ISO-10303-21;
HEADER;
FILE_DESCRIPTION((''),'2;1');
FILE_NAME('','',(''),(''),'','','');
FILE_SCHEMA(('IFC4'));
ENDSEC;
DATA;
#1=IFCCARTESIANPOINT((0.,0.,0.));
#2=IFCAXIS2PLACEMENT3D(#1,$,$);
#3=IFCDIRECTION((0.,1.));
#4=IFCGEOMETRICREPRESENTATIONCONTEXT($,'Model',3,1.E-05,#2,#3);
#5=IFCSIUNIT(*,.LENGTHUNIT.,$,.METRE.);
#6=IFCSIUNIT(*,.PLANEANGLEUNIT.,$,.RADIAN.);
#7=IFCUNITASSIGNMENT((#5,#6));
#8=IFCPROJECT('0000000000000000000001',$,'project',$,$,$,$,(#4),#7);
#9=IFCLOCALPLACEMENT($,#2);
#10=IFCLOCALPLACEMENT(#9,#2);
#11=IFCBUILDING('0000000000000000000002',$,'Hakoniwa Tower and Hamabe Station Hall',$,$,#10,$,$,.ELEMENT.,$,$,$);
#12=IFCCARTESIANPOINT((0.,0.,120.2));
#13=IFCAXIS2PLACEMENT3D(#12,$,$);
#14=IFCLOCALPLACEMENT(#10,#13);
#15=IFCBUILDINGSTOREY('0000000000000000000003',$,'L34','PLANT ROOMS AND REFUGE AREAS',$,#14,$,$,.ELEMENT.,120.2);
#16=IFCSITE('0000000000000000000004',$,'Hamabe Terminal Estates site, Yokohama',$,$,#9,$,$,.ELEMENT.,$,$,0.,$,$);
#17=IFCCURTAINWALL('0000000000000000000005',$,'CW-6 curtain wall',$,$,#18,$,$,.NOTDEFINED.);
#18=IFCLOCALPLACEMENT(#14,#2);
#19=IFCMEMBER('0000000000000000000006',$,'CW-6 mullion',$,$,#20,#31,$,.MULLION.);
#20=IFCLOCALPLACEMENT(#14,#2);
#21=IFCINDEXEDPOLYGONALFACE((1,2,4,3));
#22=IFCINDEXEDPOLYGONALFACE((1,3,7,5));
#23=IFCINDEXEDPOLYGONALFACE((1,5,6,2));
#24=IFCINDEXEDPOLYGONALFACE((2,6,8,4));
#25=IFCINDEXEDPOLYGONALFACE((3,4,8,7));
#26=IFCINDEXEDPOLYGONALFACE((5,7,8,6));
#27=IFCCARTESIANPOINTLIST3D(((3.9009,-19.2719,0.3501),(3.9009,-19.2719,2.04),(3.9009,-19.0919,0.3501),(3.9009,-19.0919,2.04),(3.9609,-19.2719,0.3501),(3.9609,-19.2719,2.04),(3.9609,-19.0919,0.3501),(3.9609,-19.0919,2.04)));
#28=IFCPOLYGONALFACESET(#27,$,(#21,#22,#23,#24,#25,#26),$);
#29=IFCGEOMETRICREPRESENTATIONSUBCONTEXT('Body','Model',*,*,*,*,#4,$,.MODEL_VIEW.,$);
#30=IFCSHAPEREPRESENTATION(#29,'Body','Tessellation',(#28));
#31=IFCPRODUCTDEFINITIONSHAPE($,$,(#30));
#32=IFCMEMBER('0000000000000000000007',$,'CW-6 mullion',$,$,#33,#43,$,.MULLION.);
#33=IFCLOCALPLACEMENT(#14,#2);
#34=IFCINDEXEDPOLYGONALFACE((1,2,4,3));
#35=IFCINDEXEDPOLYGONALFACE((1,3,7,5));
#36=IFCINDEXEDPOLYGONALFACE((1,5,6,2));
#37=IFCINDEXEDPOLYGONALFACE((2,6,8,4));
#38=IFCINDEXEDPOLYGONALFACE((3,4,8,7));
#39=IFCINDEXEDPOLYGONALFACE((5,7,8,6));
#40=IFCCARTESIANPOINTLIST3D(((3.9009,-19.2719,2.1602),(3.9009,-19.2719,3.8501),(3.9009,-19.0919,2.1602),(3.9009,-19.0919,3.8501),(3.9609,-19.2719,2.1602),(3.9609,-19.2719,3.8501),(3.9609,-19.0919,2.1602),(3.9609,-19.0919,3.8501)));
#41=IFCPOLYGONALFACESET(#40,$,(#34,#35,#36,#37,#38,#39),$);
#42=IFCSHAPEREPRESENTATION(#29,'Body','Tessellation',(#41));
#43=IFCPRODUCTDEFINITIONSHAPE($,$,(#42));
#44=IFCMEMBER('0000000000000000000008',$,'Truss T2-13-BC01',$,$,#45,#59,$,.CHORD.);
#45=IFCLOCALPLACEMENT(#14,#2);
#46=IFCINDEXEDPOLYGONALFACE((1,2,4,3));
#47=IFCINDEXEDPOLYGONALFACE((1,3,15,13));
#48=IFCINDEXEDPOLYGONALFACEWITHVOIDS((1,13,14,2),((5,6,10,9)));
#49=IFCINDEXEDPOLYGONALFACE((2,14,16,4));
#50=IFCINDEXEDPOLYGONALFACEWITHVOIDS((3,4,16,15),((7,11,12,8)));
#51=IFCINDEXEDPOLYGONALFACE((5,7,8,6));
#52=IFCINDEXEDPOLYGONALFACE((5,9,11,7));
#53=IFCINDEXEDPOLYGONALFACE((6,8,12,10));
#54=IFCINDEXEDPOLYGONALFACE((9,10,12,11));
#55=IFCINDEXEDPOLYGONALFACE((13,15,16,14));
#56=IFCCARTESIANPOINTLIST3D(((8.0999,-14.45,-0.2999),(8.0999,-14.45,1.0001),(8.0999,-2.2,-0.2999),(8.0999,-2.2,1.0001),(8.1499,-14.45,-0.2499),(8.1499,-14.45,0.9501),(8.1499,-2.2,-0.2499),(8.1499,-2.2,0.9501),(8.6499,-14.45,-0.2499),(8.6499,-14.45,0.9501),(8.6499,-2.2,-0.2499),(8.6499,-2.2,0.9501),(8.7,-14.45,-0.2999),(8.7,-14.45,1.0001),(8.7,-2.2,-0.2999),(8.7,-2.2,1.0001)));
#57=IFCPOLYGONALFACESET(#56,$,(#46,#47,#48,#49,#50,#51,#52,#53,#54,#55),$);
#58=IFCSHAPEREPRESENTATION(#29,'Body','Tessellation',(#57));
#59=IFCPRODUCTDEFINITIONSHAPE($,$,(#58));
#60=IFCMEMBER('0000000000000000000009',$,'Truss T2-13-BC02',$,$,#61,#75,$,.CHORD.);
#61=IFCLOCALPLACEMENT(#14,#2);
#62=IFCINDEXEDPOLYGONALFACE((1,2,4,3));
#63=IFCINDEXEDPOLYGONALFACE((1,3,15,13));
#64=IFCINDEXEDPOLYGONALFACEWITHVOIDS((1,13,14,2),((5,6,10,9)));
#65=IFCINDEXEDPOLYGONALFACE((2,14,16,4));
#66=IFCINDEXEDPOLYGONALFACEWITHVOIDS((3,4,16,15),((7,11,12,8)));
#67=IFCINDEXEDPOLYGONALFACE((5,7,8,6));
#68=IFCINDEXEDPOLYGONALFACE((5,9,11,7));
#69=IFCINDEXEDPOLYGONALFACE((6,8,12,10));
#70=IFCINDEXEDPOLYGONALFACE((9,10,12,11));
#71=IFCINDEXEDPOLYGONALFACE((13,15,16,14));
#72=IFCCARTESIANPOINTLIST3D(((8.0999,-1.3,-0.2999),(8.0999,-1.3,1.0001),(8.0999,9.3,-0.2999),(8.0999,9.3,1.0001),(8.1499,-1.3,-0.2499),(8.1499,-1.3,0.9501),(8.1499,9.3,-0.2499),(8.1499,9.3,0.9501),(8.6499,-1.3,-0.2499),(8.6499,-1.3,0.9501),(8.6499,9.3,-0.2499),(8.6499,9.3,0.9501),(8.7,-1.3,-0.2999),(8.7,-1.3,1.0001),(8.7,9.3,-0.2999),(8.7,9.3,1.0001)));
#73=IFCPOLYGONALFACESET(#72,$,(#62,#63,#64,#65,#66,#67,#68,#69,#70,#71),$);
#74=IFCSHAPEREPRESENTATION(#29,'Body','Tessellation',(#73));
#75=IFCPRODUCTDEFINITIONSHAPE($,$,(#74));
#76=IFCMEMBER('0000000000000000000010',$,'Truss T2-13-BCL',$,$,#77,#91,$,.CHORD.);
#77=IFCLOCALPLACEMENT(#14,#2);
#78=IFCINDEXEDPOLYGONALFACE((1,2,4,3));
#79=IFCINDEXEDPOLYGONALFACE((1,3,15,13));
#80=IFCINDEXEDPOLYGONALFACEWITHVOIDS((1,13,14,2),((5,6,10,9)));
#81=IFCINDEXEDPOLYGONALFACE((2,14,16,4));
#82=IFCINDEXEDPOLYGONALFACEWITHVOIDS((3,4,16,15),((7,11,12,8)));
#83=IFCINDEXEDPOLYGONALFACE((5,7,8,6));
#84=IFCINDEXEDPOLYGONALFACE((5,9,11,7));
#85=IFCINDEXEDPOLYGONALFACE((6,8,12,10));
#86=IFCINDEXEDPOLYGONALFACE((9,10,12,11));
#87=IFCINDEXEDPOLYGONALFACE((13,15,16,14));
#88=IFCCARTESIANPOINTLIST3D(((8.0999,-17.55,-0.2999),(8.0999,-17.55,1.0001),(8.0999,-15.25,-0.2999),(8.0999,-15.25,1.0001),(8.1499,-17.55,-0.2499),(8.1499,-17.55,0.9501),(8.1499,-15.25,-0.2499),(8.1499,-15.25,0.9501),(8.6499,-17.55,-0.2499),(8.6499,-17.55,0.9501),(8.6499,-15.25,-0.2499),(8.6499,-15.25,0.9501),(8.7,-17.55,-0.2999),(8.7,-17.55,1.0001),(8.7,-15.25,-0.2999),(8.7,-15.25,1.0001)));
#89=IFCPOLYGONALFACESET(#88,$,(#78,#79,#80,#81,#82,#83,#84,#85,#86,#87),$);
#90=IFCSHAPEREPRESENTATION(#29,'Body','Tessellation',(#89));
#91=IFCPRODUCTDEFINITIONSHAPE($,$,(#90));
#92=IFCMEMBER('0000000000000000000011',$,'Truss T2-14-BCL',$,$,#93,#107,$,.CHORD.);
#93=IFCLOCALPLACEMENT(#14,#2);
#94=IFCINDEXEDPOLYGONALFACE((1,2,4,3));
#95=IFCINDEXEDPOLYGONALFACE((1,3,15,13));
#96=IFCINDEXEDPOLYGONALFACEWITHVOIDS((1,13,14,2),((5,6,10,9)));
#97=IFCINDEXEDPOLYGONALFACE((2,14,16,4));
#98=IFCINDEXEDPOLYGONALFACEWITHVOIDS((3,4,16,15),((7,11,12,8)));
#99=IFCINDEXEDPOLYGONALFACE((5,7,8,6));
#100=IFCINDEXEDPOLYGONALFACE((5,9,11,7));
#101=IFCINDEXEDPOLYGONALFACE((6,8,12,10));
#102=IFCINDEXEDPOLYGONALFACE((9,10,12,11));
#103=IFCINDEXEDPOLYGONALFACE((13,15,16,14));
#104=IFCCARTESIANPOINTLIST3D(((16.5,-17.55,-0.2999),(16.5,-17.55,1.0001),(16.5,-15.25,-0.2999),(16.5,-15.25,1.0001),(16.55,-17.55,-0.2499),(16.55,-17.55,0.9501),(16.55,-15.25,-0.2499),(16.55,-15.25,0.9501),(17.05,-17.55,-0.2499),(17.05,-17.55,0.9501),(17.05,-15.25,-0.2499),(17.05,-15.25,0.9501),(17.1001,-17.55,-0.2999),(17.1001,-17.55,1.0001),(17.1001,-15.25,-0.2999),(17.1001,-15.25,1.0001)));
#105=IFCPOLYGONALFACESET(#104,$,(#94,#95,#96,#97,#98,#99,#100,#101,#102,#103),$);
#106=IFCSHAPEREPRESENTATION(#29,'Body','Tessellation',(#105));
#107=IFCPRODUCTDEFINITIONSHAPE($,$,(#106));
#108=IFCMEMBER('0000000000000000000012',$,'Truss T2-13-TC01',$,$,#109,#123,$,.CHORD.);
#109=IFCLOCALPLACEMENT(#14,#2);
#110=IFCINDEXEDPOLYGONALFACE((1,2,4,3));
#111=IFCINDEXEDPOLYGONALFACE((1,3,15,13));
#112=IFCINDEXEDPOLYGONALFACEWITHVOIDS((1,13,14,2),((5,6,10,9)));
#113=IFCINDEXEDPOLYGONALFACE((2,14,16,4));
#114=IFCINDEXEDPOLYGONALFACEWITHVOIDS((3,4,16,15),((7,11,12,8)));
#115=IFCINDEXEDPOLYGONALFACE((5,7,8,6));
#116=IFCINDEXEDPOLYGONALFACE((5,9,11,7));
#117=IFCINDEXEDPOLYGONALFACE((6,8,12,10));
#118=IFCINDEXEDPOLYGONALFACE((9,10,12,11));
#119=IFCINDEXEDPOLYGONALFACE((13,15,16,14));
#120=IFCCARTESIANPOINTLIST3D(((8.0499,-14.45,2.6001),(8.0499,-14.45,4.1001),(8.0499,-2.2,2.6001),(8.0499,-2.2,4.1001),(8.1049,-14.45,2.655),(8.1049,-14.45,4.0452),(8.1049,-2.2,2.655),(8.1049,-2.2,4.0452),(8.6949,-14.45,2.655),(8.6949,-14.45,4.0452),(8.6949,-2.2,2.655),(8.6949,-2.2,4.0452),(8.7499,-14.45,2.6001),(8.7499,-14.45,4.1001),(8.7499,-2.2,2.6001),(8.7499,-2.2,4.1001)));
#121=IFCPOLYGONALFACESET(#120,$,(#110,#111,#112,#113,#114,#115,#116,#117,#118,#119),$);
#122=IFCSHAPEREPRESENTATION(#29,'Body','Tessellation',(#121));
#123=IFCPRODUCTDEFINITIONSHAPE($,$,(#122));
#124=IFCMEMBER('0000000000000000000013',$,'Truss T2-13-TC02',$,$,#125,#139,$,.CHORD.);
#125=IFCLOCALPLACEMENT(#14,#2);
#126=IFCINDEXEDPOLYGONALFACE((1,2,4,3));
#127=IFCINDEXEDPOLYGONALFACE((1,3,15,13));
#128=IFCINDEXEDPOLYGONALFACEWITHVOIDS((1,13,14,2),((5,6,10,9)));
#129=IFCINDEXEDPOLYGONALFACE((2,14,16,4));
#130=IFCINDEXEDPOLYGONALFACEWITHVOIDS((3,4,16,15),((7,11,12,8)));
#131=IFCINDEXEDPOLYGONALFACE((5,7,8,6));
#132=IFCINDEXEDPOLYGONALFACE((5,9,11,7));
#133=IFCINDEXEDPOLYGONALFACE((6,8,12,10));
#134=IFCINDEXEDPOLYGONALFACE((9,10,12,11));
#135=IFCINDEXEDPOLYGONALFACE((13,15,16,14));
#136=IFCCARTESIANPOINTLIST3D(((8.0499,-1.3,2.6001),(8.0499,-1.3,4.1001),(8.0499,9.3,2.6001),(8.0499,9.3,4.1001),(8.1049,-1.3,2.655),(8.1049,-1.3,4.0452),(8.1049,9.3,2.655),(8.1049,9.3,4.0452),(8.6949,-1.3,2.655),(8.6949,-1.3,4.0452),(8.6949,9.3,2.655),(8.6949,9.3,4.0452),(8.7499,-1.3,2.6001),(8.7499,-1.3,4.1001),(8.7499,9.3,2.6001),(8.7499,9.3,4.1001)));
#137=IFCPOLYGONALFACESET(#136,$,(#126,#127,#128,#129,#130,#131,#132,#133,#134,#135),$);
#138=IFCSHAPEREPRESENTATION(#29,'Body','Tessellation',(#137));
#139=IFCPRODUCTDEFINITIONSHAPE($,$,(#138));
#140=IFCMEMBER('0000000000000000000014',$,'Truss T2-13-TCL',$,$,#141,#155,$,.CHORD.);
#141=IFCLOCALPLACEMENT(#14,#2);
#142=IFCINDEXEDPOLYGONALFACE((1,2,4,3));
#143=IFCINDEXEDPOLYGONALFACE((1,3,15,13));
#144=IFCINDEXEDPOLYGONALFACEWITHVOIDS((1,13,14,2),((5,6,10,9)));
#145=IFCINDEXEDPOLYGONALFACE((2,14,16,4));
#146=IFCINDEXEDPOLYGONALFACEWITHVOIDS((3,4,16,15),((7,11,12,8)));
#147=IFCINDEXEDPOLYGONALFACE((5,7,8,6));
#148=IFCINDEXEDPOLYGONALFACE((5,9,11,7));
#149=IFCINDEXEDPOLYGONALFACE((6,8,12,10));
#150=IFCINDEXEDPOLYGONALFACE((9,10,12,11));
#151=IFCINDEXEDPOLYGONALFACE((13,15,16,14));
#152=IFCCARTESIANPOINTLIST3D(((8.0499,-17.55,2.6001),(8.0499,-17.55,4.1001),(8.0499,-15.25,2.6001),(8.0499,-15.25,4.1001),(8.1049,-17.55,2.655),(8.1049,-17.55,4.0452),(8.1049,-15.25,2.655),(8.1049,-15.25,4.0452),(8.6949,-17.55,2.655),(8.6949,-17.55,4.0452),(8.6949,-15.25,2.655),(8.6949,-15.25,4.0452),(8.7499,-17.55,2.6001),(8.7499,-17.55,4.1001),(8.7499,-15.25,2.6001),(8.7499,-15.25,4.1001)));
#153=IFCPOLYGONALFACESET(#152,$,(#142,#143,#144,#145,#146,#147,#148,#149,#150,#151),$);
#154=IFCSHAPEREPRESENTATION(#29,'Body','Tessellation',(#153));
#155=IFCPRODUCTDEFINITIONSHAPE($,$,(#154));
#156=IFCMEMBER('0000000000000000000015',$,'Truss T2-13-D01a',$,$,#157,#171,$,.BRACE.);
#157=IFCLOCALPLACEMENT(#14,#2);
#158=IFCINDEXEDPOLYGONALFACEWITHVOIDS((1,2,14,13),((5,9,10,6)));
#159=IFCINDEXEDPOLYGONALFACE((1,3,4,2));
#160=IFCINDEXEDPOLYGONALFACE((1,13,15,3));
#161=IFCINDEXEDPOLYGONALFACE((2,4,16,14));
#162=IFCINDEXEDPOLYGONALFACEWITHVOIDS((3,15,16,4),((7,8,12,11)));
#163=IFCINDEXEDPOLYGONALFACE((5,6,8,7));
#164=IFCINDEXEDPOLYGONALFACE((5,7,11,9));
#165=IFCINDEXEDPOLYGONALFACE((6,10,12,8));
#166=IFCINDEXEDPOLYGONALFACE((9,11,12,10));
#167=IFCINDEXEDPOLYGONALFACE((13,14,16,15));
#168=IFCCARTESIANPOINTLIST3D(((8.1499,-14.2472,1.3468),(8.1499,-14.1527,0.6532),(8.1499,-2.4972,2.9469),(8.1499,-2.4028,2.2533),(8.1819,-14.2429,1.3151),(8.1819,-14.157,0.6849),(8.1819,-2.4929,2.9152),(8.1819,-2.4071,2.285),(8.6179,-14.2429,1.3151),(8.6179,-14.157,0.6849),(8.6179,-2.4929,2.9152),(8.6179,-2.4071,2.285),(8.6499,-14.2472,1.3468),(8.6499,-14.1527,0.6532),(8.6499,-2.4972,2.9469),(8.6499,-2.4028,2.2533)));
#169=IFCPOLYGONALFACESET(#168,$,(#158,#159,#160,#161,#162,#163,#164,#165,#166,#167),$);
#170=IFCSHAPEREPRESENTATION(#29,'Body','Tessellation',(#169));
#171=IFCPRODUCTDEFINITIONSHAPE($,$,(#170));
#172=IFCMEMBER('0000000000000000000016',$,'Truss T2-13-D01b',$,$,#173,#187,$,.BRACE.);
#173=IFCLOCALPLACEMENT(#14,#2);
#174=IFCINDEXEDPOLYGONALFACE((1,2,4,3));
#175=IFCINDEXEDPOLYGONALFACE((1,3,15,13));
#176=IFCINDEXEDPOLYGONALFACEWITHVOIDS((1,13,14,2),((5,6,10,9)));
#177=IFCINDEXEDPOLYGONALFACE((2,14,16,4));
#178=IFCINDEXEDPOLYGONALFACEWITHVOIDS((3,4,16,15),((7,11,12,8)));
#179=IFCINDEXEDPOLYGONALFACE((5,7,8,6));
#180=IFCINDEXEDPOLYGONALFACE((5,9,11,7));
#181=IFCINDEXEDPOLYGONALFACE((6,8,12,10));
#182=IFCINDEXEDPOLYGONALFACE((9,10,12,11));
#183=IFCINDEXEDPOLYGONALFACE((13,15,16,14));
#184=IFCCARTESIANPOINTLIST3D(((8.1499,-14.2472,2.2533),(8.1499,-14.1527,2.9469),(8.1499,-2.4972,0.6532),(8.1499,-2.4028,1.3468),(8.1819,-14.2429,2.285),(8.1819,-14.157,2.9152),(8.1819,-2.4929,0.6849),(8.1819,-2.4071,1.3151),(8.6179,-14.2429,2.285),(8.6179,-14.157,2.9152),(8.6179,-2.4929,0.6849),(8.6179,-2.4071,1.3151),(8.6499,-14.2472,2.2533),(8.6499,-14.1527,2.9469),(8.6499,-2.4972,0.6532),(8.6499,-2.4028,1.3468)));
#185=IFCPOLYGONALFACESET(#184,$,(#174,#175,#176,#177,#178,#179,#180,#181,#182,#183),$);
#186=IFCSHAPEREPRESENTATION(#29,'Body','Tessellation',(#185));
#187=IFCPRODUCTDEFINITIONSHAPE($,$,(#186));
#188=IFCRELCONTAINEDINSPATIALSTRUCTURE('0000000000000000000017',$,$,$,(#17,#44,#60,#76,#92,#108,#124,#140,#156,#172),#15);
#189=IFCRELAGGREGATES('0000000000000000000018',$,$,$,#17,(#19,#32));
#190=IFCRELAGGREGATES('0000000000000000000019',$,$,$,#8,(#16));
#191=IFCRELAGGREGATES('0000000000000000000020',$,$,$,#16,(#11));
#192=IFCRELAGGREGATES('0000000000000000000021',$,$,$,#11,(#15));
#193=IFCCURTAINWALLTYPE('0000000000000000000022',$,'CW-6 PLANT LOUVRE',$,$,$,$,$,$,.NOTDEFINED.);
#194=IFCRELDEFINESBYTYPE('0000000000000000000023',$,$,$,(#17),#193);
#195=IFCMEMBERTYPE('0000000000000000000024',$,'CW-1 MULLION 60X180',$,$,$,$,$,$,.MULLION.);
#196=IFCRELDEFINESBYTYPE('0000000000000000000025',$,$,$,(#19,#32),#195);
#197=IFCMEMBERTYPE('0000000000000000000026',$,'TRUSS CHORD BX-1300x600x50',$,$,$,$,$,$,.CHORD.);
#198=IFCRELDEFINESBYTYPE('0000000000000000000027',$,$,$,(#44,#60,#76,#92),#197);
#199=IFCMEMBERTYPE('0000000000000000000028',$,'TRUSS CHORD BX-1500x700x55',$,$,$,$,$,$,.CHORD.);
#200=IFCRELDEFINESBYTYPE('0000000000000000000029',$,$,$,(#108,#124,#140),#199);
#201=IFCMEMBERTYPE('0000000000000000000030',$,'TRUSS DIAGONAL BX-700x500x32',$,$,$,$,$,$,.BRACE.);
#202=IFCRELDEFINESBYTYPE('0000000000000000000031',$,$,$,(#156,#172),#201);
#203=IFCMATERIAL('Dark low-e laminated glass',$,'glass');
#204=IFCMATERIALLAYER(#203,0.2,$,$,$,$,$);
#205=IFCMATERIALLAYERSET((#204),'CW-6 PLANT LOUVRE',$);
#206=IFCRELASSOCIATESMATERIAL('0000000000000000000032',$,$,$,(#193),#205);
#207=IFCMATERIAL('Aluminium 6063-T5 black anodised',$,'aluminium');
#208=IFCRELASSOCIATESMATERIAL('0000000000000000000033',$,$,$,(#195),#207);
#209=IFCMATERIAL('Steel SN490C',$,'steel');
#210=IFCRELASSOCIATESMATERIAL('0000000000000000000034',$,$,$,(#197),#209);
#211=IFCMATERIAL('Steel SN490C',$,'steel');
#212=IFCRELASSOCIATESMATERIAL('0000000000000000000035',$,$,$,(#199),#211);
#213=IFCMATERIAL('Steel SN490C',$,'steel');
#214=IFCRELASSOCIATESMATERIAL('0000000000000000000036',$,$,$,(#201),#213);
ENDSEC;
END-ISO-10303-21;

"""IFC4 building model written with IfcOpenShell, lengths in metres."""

from ifc_helpers import new_model, si_unit, direction, frame, origin, origin_2d, place, context, subcontext, project, spatial, rectangle, hollow_rectangle, extrude, material, layer, layer_set, material_profile, profile_set, type_object, element, aggregate, save


model = new_model("IFC4")

# Units and contexts
model_context = context("Model", 3, precision=1e-05, world=origin(), true_north=direction((0.0, 1.0)))
body_context = subcontext(model_context, "Body", "Model", "MODEL_VIEW")
ifc_project = project(units=[si_unit("LENGTHUNIT", "METRE"), si_unit("PLANEANGLEUNIT", "RADIAN")], contexts=[model_context])

# Site, building, storey
site_placement = place(None, origin())
site = spatial("IfcSite", under=ifc_project, at=site_placement, Name="Hamabe Terminal Estates site, Yokohama", CompositionType="ELEMENT", RefElevation=0.0)
building_placement = place(site_placement, origin())
building = spatial("IfcBuilding", under=site, at=building_placement, Name="Hakoniwa Tower and Hamabe Station Hall", CompositionType="ELEMENT")
storey_placement = place(building_placement, frame((0.0, 0.0, 120.2)))
storey = spatial("IfcBuildingStorey", under=building, at=storey_placement, Name="L34", Description="PLANT ROOMS AND REFUGE AREAS", CompositionType="ELEMENT", Elevation=120.2)

# Curtain wall, members
ifc_material_1 = material(Name="Dark low-e laminated glass", Category="glass")
ifc_layer_1 = layer(ifc_material_1, 0.2)
ifc_layer_set_1 = layer_set([ifc_layer_1], Name="CW-6 PLANT LOUVRE")
curtain_wall_type = type_object("IfcCurtainWallType", Name="CW-6 PLANT LOUVRE", PredefinedType="NOTDEFINED", material=ifc_layer_set_1)
curtain_wall_placement = place(storey_placement, origin())
curtain_wall = element("IfcCurtainWall", 1, at=curtain_wall_placement, inside=storey, type_object=curtain_wall_type, Name="CW-6 curtain wall", PredefinedType="NOTDEFINED")
ifc_material_2 = material(Name="Aluminium 6063-T5 black anodised", Category="aluminium")
ifc_material_profile_1 = material_profile(ifc_material_2, rectangle(XDim=0.0601, YDim=0.1799, at=origin_2d()), Name="CW-1 MULLION 60X180")
ifc_profile_set_1 = profile_set([ifc_material_profile_1], Name="Aluminium 6063-T5 black anodised")
member_type_1 = type_object("IfcMemberType", Name="CW-1 MULLION 60X180", PredefinedType="MULLION", material=ifc_profile_set_1)
member_1_placement = place(storey_placement, frame((3.9309, -19.1819, 0.3501), z_axis=(0.0, 0.0, 1.0), x_axis=(1.0, 0.0, 0.0)))
member_1 = element("IfcMember", 2, at=member_1_placement, type_object=member_type_1, Name="CW-6 mullion", PredefinedType="MULLION", context=body_context, shape_type="SweptSolid", body=[
    extrude(rectangle(XDim=0.0601, YDim=0.1799, at=origin_2d()), origin(), (0.0, 0.0, 1.0), 1.6899),
])
member_2_placement = place(storey_placement, frame((3.9309, -19.1819, 2.1602), z_axis=(0.0, 0.0, 1.0), x_axis=(1.0, 0.0, 0.0)))
member_2 = element("IfcMember", 3, at=member_2_placement, type_object=member_type_1, Name="CW-6 mullion", PredefinedType="MULLION", context=body_context, shape_type="SweptSolid", body=[
    extrude(rectangle(XDim=0.0601, YDim=0.1799, at=origin_2d()), origin(), (0.0, 0.0, 1.0), 1.6899),
])

# Members
ifc_material_3 = material(Name="Steel SN490C", Category="steel")
ifc_material_profile_2 = material_profile(ifc_material_3, hollow_rectangle(XDim=0.6001, YDim=1.3, WallThickness=0.05, at=origin_2d()), Name="BX-1300x600x50")
ifc_profile_set_2 = profile_set([ifc_material_profile_2], Name="Steel SN490C")
member_type_2 = type_object("IfcMemberType", Name="TRUSS CHORD BX-1300x600x50", PredefinedType="CHORD", material=ifc_profile_set_2)
member_3_placement = place(storey_placement, frame((8.3999, -14.45, 0.3501), z_axis=(0.0, 1.0, 0.0), x_axis=(-1.0, 0.0, 0.0)))
element("IfcMember", 4, at=member_3_placement, inside=storey, type_object=member_type_2, Name="Truss T2-13-BC01", PredefinedType="CHORD", context=body_context, shape_type="SweptSolid", body=[
    extrude(hollow_rectangle(XDim=0.6001, YDim=1.3, WallThickness=0.05, at=origin_2d()), origin(), (0.0, 0.0, 1.0), 12.25),
])
member_4_placement = place(storey_placement, frame((8.3999, -1.3, 0.3501), z_axis=(0.0, 1.0, 0.0), x_axis=(-1.0, 0.0, 0.0)))
element("IfcMember", 5, at=member_4_placement, inside=storey, type_object=member_type_2, Name="Truss T2-13-BC02", PredefinedType="CHORD", context=body_context, shape_type="SweptSolid", body=[
    extrude(hollow_rectangle(XDim=0.6001, YDim=1.3, WallThickness=0.05, at=origin_2d()), origin(), (0.0, 0.0, 1.0), 10.6001),
])
for number, where, z_axis, x_axis, name in (
    (6, (8.3999, -17.55, 0.3501), (0.0, 1.0, 0.0), (-1.0, 0.0, 0.0), "Truss T2-13-BCL"),
    (7, (16.8, -17.55, 0.3501), (0.0, 1.0, 0.0), (-1.0, 0.0, 0.0), "Truss T2-14-BCL"),
):
    element("IfcMember", number, at=place(storey_placement, frame(where, z_axis=z_axis, x_axis=x_axis)), inside=storey, type_object=member_type_2, Name=name, PredefinedType="CHORD", context=body_context, shape_type="SweptSolid", body=[
        extrude(hollow_rectangle(XDim=0.6001, YDim=1.3, WallThickness=0.05, at=origin_2d()), origin(), (0.0, 0.0, 1.0), 2.3),
    ])
ifc_material_4 = material(Name="Steel SN490C", Category="steel")
ifc_material_profile_3 = material_profile(ifc_material_4, hollow_rectangle(XDim=0.7, YDim=1.5, WallThickness=0.0549, at=origin_2d()), Name="BX-1500x700x55")
ifc_profile_set_3 = profile_set([ifc_material_profile_3], Name="Steel SN490C")
member_type_3 = type_object("IfcMemberType", Name="TRUSS CHORD BX-1500x700x55", PredefinedType="CHORD", material=ifc_profile_set_3)
member_5_placement = place(storey_placement, frame((8.3999, -14.45, 3.3501), z_axis=(0.0, 1.0, 0.0), x_axis=(-1.0, 0.0, 0.0)))
element("IfcMember", 8, at=member_5_placement, inside=storey, type_object=member_type_3, Name="Truss T2-13-TC01", PredefinedType="CHORD", context=body_context, shape_type="SweptSolid", body=[
    extrude(hollow_rectangle(XDim=0.7, YDim=1.5, WallThickness=0.0549, at=origin_2d()), origin(), (0.0, 0.0, 1.0), 12.25),
])
member_6_placement = place(storey_placement, frame((8.3999, -1.3, 3.3501), z_axis=(0.0, 1.0, 0.0), x_axis=(-1.0, 0.0, 0.0)))
element("IfcMember", 9, at=member_6_placement, inside=storey, type_object=member_type_3, Name="Truss T2-13-TC02", PredefinedType="CHORD", context=body_context, shape_type="SweptSolid", body=[
    extrude(hollow_rectangle(XDim=0.7, YDim=1.5, WallThickness=0.0549, at=origin_2d()), origin(), (0.0, 0.0, 1.0), 10.6001),
])
member_7_placement = place(storey_placement, frame((8.3999, -17.55, 3.3501), z_axis=(0.0, 1.0, 0.0), x_axis=(-1.0, 0.0, 0.0)))
element("IfcMember", 10, at=member_7_placement, inside=storey, type_object=member_type_3, Name="Truss T2-13-TCL", PredefinedType="CHORD", context=body_context, shape_type="SweptSolid", body=[
    extrude(hollow_rectangle(XDim=0.7, YDim=1.5, WallThickness=0.0549, at=origin_2d()), origin(), (0.0, 0.0, 1.0), 2.3),
])
ifc_material_5 = material(Name="Steel SN490C", Category="steel")
ifc_material_profile_4 = material_profile(ifc_material_5, hollow_rectangle(XDim=0.5, YDim=0.7, WallThickness=0.032, at=origin_2d()), Name="BX-700x500x32")
ifc_profile_set_4 = profile_set([ifc_material_profile_4], Name="Steel SN490C")
member_type_4 = type_object("IfcMemberType", Name="TRUSS DIAGONAL BX-700x500x32", PredefinedType="BRACE", material=ifc_profile_set_4)
for number, where, z_axis, x_axis, name in (
    (11, (8.3999, -14.2, 1.0), (0.0, 0.990855, 0.134933), (-1.0, 0.0, 0.0), "Truss T2-13-D01a"),
    (12, (8.3999, -14.2, 2.6001), (0.0, 0.990855, -0.134933), (-1.0, 0.0, 0.0), "Truss T2-13-D01b"),
):
    element("IfcMember", number, at=place(storey_placement, frame(where, z_axis=z_axis, x_axis=x_axis)), inside=storey, type_object=member_type_4, Name=name, PredefinedType="BRACE", context=body_context, shape_type="SweptSolid", body=[
        extrude(hollow_rectangle(XDim=0.5, YDim=0.7, WallThickness=0.032, at=origin_2d()), origin(), (0.0, 0.0, 1.0), 11.8584),
    ])

aggregate(curtain_wall, [member_1, member_2])

save(model, "model.ifc")
